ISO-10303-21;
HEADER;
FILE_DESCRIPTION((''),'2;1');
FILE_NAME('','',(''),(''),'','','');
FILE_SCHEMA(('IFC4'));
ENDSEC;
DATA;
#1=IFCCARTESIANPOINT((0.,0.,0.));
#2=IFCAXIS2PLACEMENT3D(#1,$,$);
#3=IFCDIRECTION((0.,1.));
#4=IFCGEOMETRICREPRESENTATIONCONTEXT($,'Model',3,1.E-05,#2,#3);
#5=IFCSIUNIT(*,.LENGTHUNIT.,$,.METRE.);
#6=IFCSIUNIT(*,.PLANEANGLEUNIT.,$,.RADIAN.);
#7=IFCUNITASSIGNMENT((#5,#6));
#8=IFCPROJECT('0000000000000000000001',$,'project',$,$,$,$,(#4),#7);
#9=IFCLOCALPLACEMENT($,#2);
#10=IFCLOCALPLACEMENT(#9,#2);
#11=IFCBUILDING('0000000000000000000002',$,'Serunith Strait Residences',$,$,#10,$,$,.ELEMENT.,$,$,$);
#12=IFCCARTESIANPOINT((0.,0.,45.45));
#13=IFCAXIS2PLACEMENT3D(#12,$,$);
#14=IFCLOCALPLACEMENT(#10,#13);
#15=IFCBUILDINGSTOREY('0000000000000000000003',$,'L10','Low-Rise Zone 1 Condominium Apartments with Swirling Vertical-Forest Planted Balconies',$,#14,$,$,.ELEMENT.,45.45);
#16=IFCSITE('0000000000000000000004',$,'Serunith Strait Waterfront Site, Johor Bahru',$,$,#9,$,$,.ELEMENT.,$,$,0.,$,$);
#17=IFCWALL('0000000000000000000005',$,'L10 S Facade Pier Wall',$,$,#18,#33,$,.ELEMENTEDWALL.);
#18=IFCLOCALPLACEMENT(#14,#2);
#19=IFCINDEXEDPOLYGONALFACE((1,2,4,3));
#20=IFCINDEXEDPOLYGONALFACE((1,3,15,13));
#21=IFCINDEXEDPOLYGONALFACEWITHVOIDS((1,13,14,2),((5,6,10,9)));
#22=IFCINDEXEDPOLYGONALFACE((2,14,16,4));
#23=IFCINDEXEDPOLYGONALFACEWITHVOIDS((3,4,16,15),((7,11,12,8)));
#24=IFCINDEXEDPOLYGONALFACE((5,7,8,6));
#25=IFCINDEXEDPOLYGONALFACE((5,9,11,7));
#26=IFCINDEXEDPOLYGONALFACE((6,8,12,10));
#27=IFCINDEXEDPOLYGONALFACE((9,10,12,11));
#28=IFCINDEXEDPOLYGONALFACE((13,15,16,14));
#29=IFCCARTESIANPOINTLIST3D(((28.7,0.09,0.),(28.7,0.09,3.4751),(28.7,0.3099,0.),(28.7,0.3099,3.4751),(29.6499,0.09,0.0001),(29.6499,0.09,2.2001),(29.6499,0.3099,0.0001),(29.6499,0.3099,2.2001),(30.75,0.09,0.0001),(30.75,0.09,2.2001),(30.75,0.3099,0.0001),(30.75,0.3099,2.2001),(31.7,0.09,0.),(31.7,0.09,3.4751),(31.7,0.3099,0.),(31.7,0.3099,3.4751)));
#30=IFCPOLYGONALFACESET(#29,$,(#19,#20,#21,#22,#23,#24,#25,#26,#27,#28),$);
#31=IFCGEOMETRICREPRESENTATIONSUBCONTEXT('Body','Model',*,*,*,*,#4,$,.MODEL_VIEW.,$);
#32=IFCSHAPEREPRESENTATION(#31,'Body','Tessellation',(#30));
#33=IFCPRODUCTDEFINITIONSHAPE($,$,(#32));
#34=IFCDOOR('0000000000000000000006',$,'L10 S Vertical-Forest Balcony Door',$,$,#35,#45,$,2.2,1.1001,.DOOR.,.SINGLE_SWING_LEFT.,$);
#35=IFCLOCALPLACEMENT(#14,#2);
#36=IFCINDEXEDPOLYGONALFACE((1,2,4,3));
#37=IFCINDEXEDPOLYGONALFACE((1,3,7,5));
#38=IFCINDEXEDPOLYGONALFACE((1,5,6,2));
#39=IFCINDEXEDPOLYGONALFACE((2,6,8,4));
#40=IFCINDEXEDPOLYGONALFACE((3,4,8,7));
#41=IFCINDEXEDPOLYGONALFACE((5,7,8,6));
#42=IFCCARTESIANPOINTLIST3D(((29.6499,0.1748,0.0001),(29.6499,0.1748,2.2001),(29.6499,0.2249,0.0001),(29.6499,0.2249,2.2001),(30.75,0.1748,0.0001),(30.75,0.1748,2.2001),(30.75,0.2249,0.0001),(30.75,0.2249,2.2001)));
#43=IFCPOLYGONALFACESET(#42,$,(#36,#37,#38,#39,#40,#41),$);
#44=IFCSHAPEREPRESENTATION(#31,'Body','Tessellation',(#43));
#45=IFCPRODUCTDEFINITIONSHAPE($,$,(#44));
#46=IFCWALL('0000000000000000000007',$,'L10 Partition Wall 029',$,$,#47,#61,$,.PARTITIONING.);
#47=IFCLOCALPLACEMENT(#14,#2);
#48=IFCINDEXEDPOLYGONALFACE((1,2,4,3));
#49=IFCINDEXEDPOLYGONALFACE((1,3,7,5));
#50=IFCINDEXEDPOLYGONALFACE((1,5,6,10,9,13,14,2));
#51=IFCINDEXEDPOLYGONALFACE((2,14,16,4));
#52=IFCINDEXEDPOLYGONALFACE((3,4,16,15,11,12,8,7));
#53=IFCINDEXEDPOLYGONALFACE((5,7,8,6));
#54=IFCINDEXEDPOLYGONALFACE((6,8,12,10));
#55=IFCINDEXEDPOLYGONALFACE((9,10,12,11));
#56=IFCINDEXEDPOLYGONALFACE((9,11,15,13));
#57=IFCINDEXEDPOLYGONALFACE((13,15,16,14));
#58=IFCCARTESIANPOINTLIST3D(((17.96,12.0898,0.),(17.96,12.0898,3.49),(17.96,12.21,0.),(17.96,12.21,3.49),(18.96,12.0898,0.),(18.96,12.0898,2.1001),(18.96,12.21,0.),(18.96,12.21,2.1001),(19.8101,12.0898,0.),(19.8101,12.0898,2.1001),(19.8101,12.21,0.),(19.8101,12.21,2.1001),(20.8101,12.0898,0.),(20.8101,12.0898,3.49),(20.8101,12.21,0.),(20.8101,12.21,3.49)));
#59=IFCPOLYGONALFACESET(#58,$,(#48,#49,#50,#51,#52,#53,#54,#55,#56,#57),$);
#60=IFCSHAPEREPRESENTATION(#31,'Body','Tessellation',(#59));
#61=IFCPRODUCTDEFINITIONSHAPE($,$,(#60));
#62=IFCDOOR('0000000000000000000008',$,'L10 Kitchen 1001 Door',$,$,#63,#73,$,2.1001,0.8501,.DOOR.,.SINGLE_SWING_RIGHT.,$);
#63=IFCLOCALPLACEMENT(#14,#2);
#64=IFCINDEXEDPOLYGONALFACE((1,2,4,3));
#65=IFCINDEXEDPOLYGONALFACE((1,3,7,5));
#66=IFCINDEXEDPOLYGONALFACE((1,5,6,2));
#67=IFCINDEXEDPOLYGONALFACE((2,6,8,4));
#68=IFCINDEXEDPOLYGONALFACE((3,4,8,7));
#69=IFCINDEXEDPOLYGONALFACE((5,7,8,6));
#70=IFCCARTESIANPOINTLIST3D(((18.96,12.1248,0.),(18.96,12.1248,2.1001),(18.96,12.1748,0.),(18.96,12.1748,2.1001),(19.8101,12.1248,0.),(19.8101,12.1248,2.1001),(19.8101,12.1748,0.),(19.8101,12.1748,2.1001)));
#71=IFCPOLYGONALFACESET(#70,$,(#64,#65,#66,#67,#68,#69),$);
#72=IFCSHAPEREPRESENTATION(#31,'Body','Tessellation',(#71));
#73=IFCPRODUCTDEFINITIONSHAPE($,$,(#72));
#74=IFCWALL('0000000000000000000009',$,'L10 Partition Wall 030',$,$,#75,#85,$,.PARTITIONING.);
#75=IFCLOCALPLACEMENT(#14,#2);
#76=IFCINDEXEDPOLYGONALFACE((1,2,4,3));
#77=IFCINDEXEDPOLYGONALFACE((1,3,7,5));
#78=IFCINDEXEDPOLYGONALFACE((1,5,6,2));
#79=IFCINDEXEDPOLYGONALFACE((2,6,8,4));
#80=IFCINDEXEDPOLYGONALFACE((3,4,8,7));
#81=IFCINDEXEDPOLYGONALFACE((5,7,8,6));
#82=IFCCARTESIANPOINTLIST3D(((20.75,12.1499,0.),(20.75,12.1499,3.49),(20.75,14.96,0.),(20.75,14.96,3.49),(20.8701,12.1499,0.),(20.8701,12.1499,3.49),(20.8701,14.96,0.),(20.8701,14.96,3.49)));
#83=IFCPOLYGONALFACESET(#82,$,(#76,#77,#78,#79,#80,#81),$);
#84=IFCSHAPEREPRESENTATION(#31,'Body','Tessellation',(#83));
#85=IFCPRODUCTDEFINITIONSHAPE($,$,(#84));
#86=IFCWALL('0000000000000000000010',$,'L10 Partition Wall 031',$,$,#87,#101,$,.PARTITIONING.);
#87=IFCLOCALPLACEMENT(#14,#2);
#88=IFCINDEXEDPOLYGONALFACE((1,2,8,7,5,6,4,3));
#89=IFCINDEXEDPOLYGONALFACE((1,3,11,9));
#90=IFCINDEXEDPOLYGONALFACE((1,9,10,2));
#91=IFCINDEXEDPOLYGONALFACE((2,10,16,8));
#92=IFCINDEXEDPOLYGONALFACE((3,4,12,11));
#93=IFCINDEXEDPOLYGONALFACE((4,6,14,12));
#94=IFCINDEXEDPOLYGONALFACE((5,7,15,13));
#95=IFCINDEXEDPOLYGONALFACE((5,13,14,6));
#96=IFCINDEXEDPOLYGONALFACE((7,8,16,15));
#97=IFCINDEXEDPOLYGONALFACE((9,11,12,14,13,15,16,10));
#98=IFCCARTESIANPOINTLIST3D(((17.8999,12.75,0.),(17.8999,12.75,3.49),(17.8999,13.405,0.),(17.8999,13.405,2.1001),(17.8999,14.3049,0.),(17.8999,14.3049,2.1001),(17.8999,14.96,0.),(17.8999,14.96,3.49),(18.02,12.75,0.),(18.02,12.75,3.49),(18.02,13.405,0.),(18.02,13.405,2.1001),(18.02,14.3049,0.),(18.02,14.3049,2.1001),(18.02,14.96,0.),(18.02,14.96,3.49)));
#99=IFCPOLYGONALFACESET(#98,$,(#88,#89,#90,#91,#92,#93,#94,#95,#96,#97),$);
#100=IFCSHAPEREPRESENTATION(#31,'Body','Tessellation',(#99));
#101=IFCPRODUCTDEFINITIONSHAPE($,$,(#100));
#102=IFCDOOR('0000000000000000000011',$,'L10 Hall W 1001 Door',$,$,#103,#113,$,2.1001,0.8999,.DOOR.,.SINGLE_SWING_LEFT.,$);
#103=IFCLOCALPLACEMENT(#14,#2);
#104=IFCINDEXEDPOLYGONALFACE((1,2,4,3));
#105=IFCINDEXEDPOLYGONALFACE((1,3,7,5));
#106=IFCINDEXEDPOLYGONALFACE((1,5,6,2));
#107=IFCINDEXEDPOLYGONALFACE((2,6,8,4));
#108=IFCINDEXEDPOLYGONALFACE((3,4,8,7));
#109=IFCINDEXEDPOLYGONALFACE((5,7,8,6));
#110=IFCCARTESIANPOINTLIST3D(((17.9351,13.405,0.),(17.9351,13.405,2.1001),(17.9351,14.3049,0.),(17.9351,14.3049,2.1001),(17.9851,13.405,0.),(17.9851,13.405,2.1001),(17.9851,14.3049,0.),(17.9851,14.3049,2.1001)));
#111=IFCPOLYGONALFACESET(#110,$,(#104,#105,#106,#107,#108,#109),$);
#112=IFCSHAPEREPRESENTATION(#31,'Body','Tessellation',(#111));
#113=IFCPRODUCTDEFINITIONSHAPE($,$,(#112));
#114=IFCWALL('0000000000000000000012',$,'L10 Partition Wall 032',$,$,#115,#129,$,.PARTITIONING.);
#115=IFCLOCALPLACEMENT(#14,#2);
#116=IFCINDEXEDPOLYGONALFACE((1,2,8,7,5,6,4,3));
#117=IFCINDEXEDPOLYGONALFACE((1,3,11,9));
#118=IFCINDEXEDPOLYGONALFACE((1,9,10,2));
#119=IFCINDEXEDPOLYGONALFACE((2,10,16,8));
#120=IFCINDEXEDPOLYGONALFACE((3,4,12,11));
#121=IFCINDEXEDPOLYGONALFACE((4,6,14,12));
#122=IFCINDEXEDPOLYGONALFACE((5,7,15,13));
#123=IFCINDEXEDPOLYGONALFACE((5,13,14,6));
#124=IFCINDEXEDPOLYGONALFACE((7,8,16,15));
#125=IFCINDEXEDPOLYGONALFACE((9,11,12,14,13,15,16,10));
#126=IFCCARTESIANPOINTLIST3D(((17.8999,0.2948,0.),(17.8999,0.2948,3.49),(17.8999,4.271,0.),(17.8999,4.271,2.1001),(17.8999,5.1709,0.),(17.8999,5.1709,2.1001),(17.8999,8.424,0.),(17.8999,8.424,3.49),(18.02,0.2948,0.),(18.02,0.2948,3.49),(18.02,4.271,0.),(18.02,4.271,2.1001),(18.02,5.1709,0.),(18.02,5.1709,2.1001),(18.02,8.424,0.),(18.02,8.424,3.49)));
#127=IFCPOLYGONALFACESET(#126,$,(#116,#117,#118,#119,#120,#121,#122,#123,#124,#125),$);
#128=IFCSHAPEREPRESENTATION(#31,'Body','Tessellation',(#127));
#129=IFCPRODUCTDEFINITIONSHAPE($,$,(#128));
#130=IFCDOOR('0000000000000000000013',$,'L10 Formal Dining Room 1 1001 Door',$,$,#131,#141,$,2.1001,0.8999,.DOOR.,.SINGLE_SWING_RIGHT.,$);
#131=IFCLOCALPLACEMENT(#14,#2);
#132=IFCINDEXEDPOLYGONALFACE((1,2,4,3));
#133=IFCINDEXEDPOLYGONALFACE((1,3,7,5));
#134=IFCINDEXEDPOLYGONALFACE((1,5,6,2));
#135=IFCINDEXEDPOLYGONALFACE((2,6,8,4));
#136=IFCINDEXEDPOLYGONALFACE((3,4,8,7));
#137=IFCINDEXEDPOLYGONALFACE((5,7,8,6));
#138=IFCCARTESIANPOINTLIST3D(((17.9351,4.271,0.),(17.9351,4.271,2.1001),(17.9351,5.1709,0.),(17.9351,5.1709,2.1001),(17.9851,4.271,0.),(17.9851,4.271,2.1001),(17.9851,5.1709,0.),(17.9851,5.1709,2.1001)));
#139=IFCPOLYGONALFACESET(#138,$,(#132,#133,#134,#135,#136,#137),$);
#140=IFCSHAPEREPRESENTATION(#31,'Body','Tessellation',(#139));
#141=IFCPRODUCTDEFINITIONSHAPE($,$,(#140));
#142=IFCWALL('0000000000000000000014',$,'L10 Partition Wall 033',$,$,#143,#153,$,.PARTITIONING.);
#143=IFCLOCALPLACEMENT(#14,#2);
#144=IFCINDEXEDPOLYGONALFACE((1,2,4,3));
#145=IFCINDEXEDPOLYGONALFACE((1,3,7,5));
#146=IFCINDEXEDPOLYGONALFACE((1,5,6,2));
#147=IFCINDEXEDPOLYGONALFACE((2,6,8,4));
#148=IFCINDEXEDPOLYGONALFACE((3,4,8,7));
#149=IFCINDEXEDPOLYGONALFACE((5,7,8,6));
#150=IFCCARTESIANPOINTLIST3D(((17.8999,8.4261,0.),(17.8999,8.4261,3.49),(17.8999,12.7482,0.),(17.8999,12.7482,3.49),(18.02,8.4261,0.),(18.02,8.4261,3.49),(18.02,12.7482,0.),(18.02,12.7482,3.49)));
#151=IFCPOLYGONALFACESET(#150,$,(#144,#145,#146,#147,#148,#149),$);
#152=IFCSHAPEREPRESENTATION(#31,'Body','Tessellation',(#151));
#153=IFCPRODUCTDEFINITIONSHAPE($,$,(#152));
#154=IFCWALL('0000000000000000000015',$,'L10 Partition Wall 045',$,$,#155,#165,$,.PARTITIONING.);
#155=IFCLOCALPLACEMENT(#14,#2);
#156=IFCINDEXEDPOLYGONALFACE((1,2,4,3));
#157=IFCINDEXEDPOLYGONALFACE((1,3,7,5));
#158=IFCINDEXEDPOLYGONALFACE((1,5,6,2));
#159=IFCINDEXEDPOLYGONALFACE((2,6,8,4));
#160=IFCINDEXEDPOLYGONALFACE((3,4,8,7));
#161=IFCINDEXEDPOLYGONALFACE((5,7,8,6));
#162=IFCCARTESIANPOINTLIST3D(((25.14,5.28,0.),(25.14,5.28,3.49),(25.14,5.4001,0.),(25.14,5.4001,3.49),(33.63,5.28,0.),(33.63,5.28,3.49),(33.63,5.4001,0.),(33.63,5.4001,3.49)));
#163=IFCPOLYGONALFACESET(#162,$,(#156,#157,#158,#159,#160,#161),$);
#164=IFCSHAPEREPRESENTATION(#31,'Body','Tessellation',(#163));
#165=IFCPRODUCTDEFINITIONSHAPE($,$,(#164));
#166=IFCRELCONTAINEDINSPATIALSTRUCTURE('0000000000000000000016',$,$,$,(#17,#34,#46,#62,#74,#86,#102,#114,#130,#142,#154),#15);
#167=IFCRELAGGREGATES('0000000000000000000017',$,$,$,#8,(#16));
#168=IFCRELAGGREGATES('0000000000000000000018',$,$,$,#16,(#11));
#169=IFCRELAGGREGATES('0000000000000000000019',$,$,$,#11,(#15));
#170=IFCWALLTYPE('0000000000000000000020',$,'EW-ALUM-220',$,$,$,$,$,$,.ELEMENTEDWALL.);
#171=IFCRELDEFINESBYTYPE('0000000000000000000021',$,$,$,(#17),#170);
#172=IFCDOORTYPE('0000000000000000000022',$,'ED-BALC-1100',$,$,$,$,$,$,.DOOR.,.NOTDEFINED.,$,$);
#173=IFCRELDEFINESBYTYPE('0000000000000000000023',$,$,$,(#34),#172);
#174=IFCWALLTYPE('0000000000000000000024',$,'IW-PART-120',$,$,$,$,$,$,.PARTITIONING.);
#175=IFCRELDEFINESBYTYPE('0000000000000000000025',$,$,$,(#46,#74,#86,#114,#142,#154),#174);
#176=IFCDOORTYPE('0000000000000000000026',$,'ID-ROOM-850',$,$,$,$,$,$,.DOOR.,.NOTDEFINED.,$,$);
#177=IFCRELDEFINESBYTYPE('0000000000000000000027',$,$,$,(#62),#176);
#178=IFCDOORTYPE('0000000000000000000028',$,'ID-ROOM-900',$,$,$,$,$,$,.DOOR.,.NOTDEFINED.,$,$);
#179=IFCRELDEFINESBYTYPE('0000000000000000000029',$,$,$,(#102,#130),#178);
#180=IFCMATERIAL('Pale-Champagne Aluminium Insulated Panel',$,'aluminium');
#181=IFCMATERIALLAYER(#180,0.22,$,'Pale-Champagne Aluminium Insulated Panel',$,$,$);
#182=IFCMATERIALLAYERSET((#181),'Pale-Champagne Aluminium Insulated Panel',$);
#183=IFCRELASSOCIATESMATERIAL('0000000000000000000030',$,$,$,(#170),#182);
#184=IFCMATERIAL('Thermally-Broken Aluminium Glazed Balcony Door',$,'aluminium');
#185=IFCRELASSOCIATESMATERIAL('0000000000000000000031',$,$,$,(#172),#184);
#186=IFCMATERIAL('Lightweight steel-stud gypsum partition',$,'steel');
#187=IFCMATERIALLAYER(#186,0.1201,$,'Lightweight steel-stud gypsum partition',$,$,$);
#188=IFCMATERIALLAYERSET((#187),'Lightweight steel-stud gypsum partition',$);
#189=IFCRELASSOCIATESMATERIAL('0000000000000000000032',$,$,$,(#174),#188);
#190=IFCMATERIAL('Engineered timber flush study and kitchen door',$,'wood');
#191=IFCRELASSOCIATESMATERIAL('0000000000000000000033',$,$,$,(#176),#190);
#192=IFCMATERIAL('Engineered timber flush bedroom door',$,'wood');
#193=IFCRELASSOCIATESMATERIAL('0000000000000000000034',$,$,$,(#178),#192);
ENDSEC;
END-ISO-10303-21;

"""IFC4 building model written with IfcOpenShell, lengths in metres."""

from ifc_helpers import new_model, si_unit, direction, frame, frame_2d, origin, place, context, subcontext, project, spatial, rectangle, extrude, source, transform, mapped, material, layer, layer_set, type_object, element, fill, save


model = new_model("IFC4")

# Units and contexts
model_context = context("Model", 3, precision=1e-05, world=origin(), true_north=direction((0.0, 1.0)))
body_context = subcontext(model_context, "Body", "Model", "MODEL_VIEW")
ifc_project = project(units=[si_unit("LENGTHUNIT", "METRE"), si_unit("PLANEANGLEUNIT", "RADIAN")], contexts=[model_context])

# Site, building, storey
site_placement = place(None, origin())
site = spatial("IfcSite", under=ifc_project, at=site_placement, Name="Serunith Strait Waterfront Site, Johor Bahru", CompositionType="ELEMENT", RefElevation=0.0)
building_placement = place(site_placement, origin())
building = spatial("IfcBuilding", under=site, at=building_placement, Name="Serunith Strait Residences", CompositionType="ELEMENT")
storey_placement = place(building_placement, frame((0.0, 0.0, 45.45)))
storey = spatial("IfcBuildingStorey", under=building, at=storey_placement, Name="L10", Description="Low-Rise Zone 1 Condominium Apartments with Swirling Vertical-Forest Planted Balconies", CompositionType="ELEMENT", Elevation=45.45)

# Walls, openings, doors
ifc_material_1 = material(Name="Pale-Champagne Aluminium Insulated Panel", Category="aluminium")
ifc_layer_1 = layer(ifc_material_1, 0.22, Name="Pale-Champagne Aluminium Insulated Panel")
ifc_layer_set_1 = layer_set([ifc_layer_1], Name="Pale-Champagne Aluminium Insulated Panel")
wall_type_1 = type_object("IfcWallType", Name="EW-ALUM-220", PredefinedType="ELEMENTEDWALL", material=ifc_layer_set_1)
wall_1_placement = place(storey_placement, frame((28.7, 0.2, 0.0), z_axis=(0.0, 0.0, 1.0), x_axis=(1.0, 0.0, 0.0)))
wall_1 = element("IfcWall", 1, at=wall_1_placement, inside=storey, type_object=wall_type_1, Name="L10 S Facade Pier Wall", PredefinedType="ELEMENTEDWALL", context=body_context, shape_type="SweptSolid", body=[
    extrude(rectangle(XDim=3.0, YDim=0.22, at=frame_2d((1.5, 0.0))), origin(), (0.0, 0.0, 1.0), 3.4751),
])
opening_1_placement = place(wall_1_placement, frame((0.95, 0.0, 0.0)))
opening_1 = element("IfcOpeningElement", 2, at=opening_1_placement, cuts=wall_1, PredefinedType="OPENING", context=body_context, shape_type="SweptSolid", body=[
    extrude(rectangle(XDim=1.1001, YDim=2.2, at=frame_2d((0.55, 1.1001))), frame((0.0, 0.1201, 0.0), z_axis=(0.0, -1.0, 0.0), x_axis=(1.0, 0.0, 0.0)), (0.0, 0.0, 1.0), 0.24),
])
ifc_material_2 = material(Name="Thermally-Broken Aluminium Glazed Balcony Door", Category="aluminium")
door_type_1 = type_object("IfcDoorType", Name="ED-BALC-1100", OperationType="NOTDEFINED", PredefinedType="DOOR", material=ifc_material_2)
shared_shape_1 = source(origin(), body_context, "Body", "SweptSolid", [
    extrude(rectangle(XDim=1.1001, YDim=2.2, at=frame_2d((0.55, 1.1001))), frame((0.0, 0.0249, 0.0), z_axis=(0.0, -1.0, 0.0), x_axis=(1.0, 0.0, 0.0)), (0.0, 0.0, 1.0), 0.05),
])
door_1_placement = place(opening_1_placement, origin())
door_1 = element("IfcDoor", 3, at=door_1_placement, inside=storey, type_object=door_type_1, Name="L10 S Vertical-Forest Balcony Door", OperationType="SINGLE_SWING_LEFT", OverallHeight=2.2, OverallWidth=1.1001, PredefinedType="DOOR", context=body_context, shape_type="MappedRepresentation", body=[
    mapped(shared_shape_1, transform((0.0, 0.0, 0.0), scale=1.0)),
])
fill(opening_1, door_1)
ifc_material_3 = material(Name="Lightweight steel-stud gypsum partition", Category="steel")
ifc_layer_2 = layer(ifc_material_3, 0.1201, Name="Lightweight steel-stud gypsum partition")
ifc_layer_set_2 = layer_set([ifc_layer_2], Name="Lightweight steel-stud gypsum partition")
wall_type_2 = type_object("IfcWallType", Name="IW-PART-120", PredefinedType="PARTITIONING", material=ifc_layer_set_2)
wall_2_placement = place(storey_placement, frame((17.96, 12.1499, 0.0), z_axis=(0.0, 0.0, 1.0), x_axis=(1.0, 0.0, 0.0)))
wall_2 = element("IfcWall", 4, at=wall_2_placement, inside=storey, type_object=wall_type_2, Name="L10 Partition Wall 029", PredefinedType="PARTITIONING", context=body_context, shape_type="SweptSolid", body=[
    extrude(rectangle(XDim=2.8501, YDim=0.1201, at=frame_2d((1.425, 0.0))), origin(), (0.0, 0.0, 1.0), 3.49),
])
opening_2_placement = place(wall_2_placement, frame((1.0, 0.0, 0.0)))
opening_2 = element("IfcOpeningElement", 5, at=opening_2_placement, cuts=wall_2, PredefinedType="OPENING", context=body_context, shape_type="SweptSolid", body=[
    extrude(rectangle(XDim=0.8501, YDim=2.1001, at=frame_2d((0.425, 1.05))), frame((0.0, 0.0701, 0.0), z_axis=(0.0, -1.0, 0.0), x_axis=(1.0, 0.0, 0.0)), (0.0, 0.0, 1.0), 0.1401),
])
ifc_material_4 = material(Name="Engineered timber flush study and kitchen door", Category="wood")
door_type_2 = type_object("IfcDoorType", Name="ID-ROOM-850", OperationType="NOTDEFINED", PredefinedType="DOOR", material=ifc_material_4)
shared_shape_2 = source(origin(), body_context, "Body", "SweptSolid", [
    extrude(rectangle(XDim=0.8501, YDim=2.1001, at=frame_2d((0.425, 1.05))), frame((0.0, 0.0249, 0.0), z_axis=(0.0, -1.0, 0.0), x_axis=(1.0, 0.0, 0.0)), (0.0, 0.0, 1.0), 0.05),
])
door_2_placement = place(opening_2_placement, origin())
door_2 = element("IfcDoor", 6, at=door_2_placement, inside=storey, type_object=door_type_2, Name="L10 Kitchen 1001 Door", OperationType="SINGLE_SWING_RIGHT", OverallHeight=2.1001, OverallWidth=0.8501, PredefinedType="DOOR", context=body_context, shape_type="MappedRepresentation", body=[
    mapped(shared_shape_2, transform((0.0, 0.0, 0.0), scale=1.0)),
])
fill(opening_2, door_2)

# Wall
wall_3_placement = place(storey_placement, frame((20.8101, 12.1499, 0.0), z_axis=(0.0, 0.0, 1.0), x_axis=(0.0, 1.0, 0.0)))
element("IfcWall", 7, at=wall_3_placement, inside=storey, type_object=wall_type_2, Name="L10 Partition Wall 030", PredefinedType="PARTITIONING", context=body_context, shape_type="SweptSolid", body=[
    extrude(rectangle(XDim=2.8101, YDim=0.1201, at=frame_2d((1.405, 0.0))), origin(), (0.0, 0.0, 1.0), 3.49),
])

# Walls, openings, doors
wall_4_placement = place(storey_placement, frame((17.96, 12.75, 0.0), z_axis=(0.0, 0.0, 1.0), x_axis=(0.0, 1.0, 0.0)))
wall_4 = element("IfcWall", 8, at=wall_4_placement, inside=storey, type_object=wall_type_2, Name="L10 Partition Wall 031", PredefinedType="PARTITIONING", context=body_context, shape_type="SweptSolid", body=[
    extrude(rectangle(XDim=2.21, YDim=0.1201, at=frame_2d((1.105, 0.0))), origin(), (0.0, 0.0, 1.0), 3.49),
])
opening_3_placement = place(wall_4_placement, frame((0.655, 0.0, 0.0)))
opening_3 = element("IfcOpeningElement", 9, at=opening_3_placement, cuts=wall_4, PredefinedType="OPENING", context=body_context, shape_type="SweptSolid", body=[
    extrude(rectangle(XDim=0.8999, YDim=2.1001, at=frame_2d((0.45, 1.05))), frame((0.0, 0.0701, 0.0), z_axis=(0.0, -1.0, 0.0), x_axis=(1.0, 0.0, 0.0)), (0.0, 0.0, 1.0), 0.1401),
])
ifc_material_5 = material(Name="Engineered timber flush bedroom door", Category="wood")
door_type_3 = type_object("IfcDoorType", Name="ID-ROOM-900", OperationType="NOTDEFINED", PredefinedType="DOOR", material=ifc_material_5)
shared_shape_3 = source(origin(), body_context, "Body", "SweptSolid", [
    extrude(rectangle(XDim=0.8999, YDim=2.1001, at=frame_2d((0.45, 1.05))), frame((0.0, 0.0249, 0.0), z_axis=(0.0, -1.0, 0.0), x_axis=(1.0, 0.0, 0.0)), (0.0, 0.0, 1.0), 0.05),
])
door_3_placement = place(opening_3_placement, origin())
door_3 = element("IfcDoor", 10, at=door_3_placement, inside=storey, type_object=door_type_3, Name="L10 Hall W 1001 Door", OperationType="SINGLE_SWING_LEFT", OverallHeight=2.1001, OverallWidth=0.8999, PredefinedType="DOOR", context=body_context, shape_type="MappedRepresentation", body=[
    mapped(shared_shape_3, transform((0.0, 0.0, 0.0), scale=1.0)),
])
fill(opening_3, door_3)
wall_5_placement = place(storey_placement, frame((17.96, 0.2949, 0.0), z_axis=(0.0, 0.0, 1.0), x_axis=(0.0, 1.0, 0.0)))
wall_5 = element("IfcWall", 11, at=wall_5_placement, inside=storey, type_object=wall_type_2, Name="L10 Partition Wall 032", PredefinedType="PARTITIONING", context=body_context, shape_type="SweptSolid", body=[
    extrude(rectangle(XDim=8.1292, YDim=0.1201, at=frame_2d((4.0645, 0.0))), origin(), (0.0, 0.0, 1.0), 3.49),
])
opening_4_placement = place(wall_5_placement, frame((3.9761, 0.0, 0.0)))
opening_4 = element("IfcOpeningElement", 12, at=opening_4_placement, cuts=wall_5, PredefinedType="OPENING", context=body_context, shape_type="SweptSolid", body=[
    extrude(rectangle(XDim=0.8999, YDim=2.1001, at=frame_2d((0.45, 1.05))), frame((0.0, 0.0701, 0.0), z_axis=(0.0, -1.0, 0.0), x_axis=(1.0, 0.0, 0.0)), (0.0, 0.0, 1.0), 0.1401),
])
door_4_placement = place(opening_4_placement, origin())
door_4 = element("IfcDoor", 13, at=door_4_placement, inside=storey, type_object=door_type_3, Name="L10 Formal Dining Room 1 1001 Door", OperationType="SINGLE_SWING_RIGHT", OverallHeight=2.1001, OverallWidth=0.8999, PredefinedType="DOOR", context=body_context, shape_type="MappedRepresentation", body=[
    mapped(shared_shape_3, transform((0.0, 0.0, 0.0), scale=1.0)),
])
fill(opening_4, door_4)

# Walls
wall_6_placement = place(storey_placement, frame((17.96, 8.426, 0.0), z_axis=(0.0, 0.0, 1.0), x_axis=(0.0, 1.0, 0.0)))
element("IfcWall", 14, at=wall_6_placement, inside=storey, type_object=wall_type_2, Name="L10 Partition Wall 033", PredefinedType="PARTITIONING", context=body_context, shape_type="SweptSolid", body=[
    extrude(rectangle(XDim=4.322, YDim=0.1201, at=frame_2d((2.1611, 0.0))), origin(), (0.0, 0.0, 1.0), 3.49),
])
for number, where, z_axis, x_axis, name in (
    (15, (25.1399, 5.3401, 0.0), (0.0, 0.0, 1.0), (1.0, 0.0, 0.0), "L10 Partition Wall 045"),
):
    element("IfcWall", number, at=place(storey_placement, frame(where, z_axis=z_axis, x_axis=x_axis)), inside=storey, type_object=wall_type_2, Name=name, PredefinedType="PARTITIONING", context=body_context, shape_type="SweptSolid", body=[
        extrude(rectangle(XDim=8.49, YDim=0.1201, at=frame_2d((4.2451, 0.0))), origin(), (0.0, 0.0, 1.0), 3.49),
    ])

save(model, "model.ifc")
